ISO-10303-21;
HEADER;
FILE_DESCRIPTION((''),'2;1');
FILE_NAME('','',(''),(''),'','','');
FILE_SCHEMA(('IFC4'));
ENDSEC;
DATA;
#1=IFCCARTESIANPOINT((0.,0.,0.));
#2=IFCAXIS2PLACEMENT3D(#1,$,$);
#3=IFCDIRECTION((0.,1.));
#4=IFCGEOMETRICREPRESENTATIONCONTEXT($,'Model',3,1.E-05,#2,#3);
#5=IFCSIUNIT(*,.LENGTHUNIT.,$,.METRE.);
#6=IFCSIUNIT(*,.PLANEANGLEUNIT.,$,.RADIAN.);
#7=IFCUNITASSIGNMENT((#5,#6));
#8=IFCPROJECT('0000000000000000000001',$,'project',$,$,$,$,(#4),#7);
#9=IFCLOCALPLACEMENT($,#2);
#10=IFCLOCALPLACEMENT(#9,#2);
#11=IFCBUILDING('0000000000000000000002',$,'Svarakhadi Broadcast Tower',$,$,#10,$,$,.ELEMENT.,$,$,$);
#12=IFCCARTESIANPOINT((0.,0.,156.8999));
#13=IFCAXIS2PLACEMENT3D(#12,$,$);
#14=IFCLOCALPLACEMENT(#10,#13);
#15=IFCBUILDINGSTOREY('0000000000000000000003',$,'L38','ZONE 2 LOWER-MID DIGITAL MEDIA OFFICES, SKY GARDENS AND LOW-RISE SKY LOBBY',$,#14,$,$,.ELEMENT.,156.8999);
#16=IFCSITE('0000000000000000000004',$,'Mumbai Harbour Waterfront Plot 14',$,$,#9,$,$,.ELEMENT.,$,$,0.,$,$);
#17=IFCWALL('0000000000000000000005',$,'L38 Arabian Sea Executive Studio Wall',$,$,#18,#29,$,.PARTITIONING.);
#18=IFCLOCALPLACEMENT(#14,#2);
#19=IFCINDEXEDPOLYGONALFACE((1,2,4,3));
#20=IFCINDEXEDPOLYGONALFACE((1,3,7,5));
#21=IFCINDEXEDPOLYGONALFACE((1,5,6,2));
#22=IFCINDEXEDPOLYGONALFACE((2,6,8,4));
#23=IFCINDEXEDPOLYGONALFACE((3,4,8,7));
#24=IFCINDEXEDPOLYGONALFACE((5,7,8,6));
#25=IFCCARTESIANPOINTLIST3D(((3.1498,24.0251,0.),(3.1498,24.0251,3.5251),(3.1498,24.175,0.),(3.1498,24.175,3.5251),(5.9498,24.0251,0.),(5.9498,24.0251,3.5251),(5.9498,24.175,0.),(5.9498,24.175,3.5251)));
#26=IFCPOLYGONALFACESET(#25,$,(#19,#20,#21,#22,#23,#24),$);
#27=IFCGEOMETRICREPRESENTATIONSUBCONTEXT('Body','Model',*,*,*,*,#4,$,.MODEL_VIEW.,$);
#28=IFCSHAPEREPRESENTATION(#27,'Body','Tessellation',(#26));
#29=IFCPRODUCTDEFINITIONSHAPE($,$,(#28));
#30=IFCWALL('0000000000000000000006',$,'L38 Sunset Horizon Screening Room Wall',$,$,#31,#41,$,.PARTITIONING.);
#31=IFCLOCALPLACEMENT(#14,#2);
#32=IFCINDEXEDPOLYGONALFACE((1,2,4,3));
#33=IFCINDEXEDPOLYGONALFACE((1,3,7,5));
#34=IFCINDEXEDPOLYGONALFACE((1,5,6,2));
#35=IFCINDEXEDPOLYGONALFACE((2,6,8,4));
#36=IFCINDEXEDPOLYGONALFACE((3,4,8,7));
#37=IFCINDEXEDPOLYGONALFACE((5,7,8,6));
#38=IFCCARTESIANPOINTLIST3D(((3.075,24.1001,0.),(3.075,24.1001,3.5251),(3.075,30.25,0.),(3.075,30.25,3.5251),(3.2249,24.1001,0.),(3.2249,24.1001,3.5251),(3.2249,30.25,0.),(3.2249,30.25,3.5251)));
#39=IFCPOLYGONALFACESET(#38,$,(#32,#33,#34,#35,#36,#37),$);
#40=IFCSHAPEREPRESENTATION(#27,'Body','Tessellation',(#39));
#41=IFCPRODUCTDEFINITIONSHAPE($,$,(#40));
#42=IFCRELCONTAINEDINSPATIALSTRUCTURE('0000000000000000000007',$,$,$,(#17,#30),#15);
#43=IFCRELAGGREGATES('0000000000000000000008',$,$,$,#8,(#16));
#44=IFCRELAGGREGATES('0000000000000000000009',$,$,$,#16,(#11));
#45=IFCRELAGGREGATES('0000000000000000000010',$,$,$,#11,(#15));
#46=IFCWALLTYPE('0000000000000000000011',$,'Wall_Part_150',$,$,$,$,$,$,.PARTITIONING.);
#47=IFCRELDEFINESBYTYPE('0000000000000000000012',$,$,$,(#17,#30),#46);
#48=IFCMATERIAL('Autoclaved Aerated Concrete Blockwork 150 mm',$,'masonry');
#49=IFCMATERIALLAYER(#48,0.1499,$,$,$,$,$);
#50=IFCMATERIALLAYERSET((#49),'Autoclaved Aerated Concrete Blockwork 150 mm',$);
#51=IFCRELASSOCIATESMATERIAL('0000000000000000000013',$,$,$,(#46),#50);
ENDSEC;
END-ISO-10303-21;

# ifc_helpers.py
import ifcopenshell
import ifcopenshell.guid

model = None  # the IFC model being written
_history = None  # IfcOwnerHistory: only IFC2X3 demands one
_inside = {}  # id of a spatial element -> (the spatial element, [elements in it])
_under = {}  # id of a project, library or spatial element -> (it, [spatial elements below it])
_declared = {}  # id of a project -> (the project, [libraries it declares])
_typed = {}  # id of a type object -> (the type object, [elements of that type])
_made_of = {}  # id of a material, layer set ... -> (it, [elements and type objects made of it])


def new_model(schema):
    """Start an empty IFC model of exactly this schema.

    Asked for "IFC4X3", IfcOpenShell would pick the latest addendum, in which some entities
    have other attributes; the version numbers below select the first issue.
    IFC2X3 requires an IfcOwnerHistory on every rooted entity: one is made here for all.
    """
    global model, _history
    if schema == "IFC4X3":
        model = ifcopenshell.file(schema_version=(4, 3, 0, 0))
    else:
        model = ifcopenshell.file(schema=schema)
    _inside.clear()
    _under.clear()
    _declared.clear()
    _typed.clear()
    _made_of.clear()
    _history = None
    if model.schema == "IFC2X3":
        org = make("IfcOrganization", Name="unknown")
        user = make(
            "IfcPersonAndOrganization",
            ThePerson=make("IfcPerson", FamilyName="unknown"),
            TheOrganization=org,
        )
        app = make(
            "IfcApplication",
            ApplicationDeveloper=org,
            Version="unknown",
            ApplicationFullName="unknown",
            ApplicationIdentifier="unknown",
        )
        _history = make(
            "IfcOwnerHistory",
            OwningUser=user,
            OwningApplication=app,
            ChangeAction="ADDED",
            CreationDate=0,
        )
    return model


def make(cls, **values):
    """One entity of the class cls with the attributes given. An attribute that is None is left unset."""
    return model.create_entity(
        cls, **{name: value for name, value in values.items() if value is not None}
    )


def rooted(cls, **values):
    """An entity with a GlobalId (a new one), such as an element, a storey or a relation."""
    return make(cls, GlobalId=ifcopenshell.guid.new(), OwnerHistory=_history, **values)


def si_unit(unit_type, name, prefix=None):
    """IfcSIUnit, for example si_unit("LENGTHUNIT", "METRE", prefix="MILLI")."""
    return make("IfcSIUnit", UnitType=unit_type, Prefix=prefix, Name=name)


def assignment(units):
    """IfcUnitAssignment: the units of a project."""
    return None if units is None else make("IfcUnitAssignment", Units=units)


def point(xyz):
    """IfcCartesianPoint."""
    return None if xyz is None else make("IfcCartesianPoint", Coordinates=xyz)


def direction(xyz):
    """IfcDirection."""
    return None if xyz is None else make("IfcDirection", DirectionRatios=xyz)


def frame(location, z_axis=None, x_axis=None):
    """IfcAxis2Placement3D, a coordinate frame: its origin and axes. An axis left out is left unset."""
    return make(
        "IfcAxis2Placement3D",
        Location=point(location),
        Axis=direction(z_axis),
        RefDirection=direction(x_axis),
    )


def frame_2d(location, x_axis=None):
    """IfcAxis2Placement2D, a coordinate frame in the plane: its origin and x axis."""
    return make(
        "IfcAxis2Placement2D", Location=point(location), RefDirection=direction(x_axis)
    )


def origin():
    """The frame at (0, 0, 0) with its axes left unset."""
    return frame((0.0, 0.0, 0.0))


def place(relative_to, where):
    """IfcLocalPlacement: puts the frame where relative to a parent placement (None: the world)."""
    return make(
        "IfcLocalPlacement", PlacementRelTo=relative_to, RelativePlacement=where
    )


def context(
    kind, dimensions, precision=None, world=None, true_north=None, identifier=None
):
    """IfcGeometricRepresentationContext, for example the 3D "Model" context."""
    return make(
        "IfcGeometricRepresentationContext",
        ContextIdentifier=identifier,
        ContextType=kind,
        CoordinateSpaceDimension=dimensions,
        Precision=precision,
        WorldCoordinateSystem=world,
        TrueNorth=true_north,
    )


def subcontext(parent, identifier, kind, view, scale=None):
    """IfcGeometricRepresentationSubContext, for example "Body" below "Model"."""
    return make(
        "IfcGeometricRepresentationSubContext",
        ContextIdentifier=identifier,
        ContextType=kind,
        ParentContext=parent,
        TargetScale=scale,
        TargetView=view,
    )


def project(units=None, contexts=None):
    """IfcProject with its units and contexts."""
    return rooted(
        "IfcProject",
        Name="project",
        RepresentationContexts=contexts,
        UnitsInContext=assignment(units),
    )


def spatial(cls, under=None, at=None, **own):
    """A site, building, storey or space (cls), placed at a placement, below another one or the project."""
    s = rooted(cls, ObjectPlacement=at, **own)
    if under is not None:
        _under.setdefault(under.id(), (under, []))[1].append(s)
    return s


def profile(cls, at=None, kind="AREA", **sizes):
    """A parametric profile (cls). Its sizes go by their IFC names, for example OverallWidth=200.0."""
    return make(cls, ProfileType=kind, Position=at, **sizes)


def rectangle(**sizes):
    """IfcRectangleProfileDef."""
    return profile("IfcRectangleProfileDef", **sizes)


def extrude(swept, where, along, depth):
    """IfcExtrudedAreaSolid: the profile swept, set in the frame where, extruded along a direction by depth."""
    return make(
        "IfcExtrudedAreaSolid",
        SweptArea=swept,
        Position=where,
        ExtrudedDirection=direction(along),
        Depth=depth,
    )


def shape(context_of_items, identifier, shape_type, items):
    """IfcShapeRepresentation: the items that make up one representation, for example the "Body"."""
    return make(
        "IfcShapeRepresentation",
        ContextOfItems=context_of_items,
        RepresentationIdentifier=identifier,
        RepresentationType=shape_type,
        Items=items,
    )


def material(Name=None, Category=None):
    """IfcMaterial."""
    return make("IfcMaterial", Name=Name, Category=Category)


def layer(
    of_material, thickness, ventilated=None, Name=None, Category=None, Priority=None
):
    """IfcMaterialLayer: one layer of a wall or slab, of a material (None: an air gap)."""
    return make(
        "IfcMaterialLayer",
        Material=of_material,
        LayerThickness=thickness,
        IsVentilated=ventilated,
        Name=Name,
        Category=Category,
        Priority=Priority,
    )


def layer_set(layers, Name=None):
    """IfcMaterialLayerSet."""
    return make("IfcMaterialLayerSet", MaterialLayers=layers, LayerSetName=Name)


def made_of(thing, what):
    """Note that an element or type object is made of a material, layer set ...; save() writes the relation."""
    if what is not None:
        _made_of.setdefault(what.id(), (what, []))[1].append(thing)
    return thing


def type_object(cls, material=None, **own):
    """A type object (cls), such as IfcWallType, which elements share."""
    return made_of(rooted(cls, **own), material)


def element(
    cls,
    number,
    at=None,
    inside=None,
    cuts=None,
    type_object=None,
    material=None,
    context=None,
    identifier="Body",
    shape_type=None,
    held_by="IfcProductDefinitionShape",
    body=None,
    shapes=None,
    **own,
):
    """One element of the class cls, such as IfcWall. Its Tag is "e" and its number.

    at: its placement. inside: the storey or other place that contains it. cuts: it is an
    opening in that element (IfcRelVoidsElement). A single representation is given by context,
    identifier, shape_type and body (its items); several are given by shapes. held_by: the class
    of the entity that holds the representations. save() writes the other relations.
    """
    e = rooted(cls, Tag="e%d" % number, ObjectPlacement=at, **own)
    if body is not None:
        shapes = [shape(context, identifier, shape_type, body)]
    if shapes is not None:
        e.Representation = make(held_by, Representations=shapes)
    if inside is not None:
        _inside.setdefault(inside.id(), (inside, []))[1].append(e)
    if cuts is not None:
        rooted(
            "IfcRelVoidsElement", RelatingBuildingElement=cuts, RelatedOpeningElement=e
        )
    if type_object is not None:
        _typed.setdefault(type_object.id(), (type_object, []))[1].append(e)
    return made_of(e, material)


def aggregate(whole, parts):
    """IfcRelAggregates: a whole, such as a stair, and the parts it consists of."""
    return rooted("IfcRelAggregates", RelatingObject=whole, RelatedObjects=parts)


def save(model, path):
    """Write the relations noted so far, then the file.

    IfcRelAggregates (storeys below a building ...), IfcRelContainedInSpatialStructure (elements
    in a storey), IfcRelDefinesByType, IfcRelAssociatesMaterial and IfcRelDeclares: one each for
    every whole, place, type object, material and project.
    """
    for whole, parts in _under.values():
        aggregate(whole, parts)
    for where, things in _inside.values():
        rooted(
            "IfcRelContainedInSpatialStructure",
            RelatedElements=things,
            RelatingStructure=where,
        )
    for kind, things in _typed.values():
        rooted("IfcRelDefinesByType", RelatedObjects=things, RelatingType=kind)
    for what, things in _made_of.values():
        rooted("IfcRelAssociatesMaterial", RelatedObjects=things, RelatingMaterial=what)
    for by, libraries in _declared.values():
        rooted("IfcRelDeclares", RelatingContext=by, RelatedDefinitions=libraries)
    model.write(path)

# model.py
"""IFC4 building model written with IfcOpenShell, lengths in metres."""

from ifc_helpers import new_model, si_unit, direction, frame, frame_2d, origin, place, context, subcontext, project, spatial, rectangle, extrude, material, layer, layer_set, type_object, element, save


model = new_model("IFC4")

# Units and contexts
model_context = context("Model", 3, precision=1e-05, world=origin(), true_north=direction((0.0, 1.0)))
body_context = subcontext(model_context, "Body", "Model", "MODEL_VIEW")
ifc_project = project(units=[si_unit("LENGTHUNIT", "METRE"), si_unit("PLANEANGLEUNIT", "RADIAN")], contexts=[model_context])

# Site, building, storey
site_placement = place(None, origin())
site = spatial("IfcSite", under=ifc_project, at=site_placement, Name="Mumbai Harbour Waterfront Plot 14", CompositionType="ELEMENT", RefElevation=0.0)
building_placement = place(site_placement, origin())
building = spatial("IfcBuilding", under=site, at=building_placement, Name="Svarakhadi Broadcast Tower", CompositionType="ELEMENT")
storey_placement = place(building_placement, frame((0.0, 0.0, 156.8999)))
storey = spatial("IfcBuildingStorey", under=building, at=storey_placement, Name="L38", Description="ZONE 2 LOWER-MID DIGITAL MEDIA OFFICES, SKY GARDENS AND LOW-RISE SKY LOBBY", CompositionType="ELEMENT", Elevation=156.8999)

# Walls
ifc_material_1 = material(Name="Autoclaved Aerated Concrete Blockwork 150 mm", Category="masonry")
ifc_layer_1 = layer(ifc_material_1, 0.1499)
ifc_layer_set_1 = layer_set([ifc_layer_1], Name="Autoclaved Aerated Concrete Blockwork 150 mm")
wall_type_1 = type_object("IfcWallType", Name="Wall_Part_150", PredefinedType="PARTITIONING", material=ifc_layer_set_1)
wall_1_placement = place(storey_placement, frame((3.1499, 24.1001, 0.0), z_axis=(0.0, 0.0, 1.0), x_axis=(1.0, 0.0, 0.0)))
element("IfcWall", 1, at=wall_1_placement, inside=storey, type_object=wall_type_1, Name="L38 Arabian Sea Executive Studio Wall", PredefinedType="PARTITIONING", context=body_context, shape_type="SweptSolid", body=[
    extrude(rectangle(XDim=2.8, YDim=0.1499, at=frame_2d((1.3999, 0.0))), origin(), (0.0, 0.0, 1.0), 3.5251),
])
wall_2_placement = place(storey_placement, frame((3.1499, 24.1001, 0.0), z_axis=(0.0, 0.0, 1.0), x_axis=(0.0, 1.0, 0.0)))
element("IfcWall", 2, at=wall_2_placement, inside=storey, type_object=wall_type_1, Name="L38 Sunset Horizon Screening Room Wall", PredefinedType="PARTITIONING", context=body_context, shape_type="SweptSolid", body=[
    extrude(rectangle(XDim=6.1499, YDim=0.1499, at=frame_2d((3.075, 0.0))), origin(), (0.0, 0.0, 1.0), 3.5251),
])

save(model, "model.ifc")
